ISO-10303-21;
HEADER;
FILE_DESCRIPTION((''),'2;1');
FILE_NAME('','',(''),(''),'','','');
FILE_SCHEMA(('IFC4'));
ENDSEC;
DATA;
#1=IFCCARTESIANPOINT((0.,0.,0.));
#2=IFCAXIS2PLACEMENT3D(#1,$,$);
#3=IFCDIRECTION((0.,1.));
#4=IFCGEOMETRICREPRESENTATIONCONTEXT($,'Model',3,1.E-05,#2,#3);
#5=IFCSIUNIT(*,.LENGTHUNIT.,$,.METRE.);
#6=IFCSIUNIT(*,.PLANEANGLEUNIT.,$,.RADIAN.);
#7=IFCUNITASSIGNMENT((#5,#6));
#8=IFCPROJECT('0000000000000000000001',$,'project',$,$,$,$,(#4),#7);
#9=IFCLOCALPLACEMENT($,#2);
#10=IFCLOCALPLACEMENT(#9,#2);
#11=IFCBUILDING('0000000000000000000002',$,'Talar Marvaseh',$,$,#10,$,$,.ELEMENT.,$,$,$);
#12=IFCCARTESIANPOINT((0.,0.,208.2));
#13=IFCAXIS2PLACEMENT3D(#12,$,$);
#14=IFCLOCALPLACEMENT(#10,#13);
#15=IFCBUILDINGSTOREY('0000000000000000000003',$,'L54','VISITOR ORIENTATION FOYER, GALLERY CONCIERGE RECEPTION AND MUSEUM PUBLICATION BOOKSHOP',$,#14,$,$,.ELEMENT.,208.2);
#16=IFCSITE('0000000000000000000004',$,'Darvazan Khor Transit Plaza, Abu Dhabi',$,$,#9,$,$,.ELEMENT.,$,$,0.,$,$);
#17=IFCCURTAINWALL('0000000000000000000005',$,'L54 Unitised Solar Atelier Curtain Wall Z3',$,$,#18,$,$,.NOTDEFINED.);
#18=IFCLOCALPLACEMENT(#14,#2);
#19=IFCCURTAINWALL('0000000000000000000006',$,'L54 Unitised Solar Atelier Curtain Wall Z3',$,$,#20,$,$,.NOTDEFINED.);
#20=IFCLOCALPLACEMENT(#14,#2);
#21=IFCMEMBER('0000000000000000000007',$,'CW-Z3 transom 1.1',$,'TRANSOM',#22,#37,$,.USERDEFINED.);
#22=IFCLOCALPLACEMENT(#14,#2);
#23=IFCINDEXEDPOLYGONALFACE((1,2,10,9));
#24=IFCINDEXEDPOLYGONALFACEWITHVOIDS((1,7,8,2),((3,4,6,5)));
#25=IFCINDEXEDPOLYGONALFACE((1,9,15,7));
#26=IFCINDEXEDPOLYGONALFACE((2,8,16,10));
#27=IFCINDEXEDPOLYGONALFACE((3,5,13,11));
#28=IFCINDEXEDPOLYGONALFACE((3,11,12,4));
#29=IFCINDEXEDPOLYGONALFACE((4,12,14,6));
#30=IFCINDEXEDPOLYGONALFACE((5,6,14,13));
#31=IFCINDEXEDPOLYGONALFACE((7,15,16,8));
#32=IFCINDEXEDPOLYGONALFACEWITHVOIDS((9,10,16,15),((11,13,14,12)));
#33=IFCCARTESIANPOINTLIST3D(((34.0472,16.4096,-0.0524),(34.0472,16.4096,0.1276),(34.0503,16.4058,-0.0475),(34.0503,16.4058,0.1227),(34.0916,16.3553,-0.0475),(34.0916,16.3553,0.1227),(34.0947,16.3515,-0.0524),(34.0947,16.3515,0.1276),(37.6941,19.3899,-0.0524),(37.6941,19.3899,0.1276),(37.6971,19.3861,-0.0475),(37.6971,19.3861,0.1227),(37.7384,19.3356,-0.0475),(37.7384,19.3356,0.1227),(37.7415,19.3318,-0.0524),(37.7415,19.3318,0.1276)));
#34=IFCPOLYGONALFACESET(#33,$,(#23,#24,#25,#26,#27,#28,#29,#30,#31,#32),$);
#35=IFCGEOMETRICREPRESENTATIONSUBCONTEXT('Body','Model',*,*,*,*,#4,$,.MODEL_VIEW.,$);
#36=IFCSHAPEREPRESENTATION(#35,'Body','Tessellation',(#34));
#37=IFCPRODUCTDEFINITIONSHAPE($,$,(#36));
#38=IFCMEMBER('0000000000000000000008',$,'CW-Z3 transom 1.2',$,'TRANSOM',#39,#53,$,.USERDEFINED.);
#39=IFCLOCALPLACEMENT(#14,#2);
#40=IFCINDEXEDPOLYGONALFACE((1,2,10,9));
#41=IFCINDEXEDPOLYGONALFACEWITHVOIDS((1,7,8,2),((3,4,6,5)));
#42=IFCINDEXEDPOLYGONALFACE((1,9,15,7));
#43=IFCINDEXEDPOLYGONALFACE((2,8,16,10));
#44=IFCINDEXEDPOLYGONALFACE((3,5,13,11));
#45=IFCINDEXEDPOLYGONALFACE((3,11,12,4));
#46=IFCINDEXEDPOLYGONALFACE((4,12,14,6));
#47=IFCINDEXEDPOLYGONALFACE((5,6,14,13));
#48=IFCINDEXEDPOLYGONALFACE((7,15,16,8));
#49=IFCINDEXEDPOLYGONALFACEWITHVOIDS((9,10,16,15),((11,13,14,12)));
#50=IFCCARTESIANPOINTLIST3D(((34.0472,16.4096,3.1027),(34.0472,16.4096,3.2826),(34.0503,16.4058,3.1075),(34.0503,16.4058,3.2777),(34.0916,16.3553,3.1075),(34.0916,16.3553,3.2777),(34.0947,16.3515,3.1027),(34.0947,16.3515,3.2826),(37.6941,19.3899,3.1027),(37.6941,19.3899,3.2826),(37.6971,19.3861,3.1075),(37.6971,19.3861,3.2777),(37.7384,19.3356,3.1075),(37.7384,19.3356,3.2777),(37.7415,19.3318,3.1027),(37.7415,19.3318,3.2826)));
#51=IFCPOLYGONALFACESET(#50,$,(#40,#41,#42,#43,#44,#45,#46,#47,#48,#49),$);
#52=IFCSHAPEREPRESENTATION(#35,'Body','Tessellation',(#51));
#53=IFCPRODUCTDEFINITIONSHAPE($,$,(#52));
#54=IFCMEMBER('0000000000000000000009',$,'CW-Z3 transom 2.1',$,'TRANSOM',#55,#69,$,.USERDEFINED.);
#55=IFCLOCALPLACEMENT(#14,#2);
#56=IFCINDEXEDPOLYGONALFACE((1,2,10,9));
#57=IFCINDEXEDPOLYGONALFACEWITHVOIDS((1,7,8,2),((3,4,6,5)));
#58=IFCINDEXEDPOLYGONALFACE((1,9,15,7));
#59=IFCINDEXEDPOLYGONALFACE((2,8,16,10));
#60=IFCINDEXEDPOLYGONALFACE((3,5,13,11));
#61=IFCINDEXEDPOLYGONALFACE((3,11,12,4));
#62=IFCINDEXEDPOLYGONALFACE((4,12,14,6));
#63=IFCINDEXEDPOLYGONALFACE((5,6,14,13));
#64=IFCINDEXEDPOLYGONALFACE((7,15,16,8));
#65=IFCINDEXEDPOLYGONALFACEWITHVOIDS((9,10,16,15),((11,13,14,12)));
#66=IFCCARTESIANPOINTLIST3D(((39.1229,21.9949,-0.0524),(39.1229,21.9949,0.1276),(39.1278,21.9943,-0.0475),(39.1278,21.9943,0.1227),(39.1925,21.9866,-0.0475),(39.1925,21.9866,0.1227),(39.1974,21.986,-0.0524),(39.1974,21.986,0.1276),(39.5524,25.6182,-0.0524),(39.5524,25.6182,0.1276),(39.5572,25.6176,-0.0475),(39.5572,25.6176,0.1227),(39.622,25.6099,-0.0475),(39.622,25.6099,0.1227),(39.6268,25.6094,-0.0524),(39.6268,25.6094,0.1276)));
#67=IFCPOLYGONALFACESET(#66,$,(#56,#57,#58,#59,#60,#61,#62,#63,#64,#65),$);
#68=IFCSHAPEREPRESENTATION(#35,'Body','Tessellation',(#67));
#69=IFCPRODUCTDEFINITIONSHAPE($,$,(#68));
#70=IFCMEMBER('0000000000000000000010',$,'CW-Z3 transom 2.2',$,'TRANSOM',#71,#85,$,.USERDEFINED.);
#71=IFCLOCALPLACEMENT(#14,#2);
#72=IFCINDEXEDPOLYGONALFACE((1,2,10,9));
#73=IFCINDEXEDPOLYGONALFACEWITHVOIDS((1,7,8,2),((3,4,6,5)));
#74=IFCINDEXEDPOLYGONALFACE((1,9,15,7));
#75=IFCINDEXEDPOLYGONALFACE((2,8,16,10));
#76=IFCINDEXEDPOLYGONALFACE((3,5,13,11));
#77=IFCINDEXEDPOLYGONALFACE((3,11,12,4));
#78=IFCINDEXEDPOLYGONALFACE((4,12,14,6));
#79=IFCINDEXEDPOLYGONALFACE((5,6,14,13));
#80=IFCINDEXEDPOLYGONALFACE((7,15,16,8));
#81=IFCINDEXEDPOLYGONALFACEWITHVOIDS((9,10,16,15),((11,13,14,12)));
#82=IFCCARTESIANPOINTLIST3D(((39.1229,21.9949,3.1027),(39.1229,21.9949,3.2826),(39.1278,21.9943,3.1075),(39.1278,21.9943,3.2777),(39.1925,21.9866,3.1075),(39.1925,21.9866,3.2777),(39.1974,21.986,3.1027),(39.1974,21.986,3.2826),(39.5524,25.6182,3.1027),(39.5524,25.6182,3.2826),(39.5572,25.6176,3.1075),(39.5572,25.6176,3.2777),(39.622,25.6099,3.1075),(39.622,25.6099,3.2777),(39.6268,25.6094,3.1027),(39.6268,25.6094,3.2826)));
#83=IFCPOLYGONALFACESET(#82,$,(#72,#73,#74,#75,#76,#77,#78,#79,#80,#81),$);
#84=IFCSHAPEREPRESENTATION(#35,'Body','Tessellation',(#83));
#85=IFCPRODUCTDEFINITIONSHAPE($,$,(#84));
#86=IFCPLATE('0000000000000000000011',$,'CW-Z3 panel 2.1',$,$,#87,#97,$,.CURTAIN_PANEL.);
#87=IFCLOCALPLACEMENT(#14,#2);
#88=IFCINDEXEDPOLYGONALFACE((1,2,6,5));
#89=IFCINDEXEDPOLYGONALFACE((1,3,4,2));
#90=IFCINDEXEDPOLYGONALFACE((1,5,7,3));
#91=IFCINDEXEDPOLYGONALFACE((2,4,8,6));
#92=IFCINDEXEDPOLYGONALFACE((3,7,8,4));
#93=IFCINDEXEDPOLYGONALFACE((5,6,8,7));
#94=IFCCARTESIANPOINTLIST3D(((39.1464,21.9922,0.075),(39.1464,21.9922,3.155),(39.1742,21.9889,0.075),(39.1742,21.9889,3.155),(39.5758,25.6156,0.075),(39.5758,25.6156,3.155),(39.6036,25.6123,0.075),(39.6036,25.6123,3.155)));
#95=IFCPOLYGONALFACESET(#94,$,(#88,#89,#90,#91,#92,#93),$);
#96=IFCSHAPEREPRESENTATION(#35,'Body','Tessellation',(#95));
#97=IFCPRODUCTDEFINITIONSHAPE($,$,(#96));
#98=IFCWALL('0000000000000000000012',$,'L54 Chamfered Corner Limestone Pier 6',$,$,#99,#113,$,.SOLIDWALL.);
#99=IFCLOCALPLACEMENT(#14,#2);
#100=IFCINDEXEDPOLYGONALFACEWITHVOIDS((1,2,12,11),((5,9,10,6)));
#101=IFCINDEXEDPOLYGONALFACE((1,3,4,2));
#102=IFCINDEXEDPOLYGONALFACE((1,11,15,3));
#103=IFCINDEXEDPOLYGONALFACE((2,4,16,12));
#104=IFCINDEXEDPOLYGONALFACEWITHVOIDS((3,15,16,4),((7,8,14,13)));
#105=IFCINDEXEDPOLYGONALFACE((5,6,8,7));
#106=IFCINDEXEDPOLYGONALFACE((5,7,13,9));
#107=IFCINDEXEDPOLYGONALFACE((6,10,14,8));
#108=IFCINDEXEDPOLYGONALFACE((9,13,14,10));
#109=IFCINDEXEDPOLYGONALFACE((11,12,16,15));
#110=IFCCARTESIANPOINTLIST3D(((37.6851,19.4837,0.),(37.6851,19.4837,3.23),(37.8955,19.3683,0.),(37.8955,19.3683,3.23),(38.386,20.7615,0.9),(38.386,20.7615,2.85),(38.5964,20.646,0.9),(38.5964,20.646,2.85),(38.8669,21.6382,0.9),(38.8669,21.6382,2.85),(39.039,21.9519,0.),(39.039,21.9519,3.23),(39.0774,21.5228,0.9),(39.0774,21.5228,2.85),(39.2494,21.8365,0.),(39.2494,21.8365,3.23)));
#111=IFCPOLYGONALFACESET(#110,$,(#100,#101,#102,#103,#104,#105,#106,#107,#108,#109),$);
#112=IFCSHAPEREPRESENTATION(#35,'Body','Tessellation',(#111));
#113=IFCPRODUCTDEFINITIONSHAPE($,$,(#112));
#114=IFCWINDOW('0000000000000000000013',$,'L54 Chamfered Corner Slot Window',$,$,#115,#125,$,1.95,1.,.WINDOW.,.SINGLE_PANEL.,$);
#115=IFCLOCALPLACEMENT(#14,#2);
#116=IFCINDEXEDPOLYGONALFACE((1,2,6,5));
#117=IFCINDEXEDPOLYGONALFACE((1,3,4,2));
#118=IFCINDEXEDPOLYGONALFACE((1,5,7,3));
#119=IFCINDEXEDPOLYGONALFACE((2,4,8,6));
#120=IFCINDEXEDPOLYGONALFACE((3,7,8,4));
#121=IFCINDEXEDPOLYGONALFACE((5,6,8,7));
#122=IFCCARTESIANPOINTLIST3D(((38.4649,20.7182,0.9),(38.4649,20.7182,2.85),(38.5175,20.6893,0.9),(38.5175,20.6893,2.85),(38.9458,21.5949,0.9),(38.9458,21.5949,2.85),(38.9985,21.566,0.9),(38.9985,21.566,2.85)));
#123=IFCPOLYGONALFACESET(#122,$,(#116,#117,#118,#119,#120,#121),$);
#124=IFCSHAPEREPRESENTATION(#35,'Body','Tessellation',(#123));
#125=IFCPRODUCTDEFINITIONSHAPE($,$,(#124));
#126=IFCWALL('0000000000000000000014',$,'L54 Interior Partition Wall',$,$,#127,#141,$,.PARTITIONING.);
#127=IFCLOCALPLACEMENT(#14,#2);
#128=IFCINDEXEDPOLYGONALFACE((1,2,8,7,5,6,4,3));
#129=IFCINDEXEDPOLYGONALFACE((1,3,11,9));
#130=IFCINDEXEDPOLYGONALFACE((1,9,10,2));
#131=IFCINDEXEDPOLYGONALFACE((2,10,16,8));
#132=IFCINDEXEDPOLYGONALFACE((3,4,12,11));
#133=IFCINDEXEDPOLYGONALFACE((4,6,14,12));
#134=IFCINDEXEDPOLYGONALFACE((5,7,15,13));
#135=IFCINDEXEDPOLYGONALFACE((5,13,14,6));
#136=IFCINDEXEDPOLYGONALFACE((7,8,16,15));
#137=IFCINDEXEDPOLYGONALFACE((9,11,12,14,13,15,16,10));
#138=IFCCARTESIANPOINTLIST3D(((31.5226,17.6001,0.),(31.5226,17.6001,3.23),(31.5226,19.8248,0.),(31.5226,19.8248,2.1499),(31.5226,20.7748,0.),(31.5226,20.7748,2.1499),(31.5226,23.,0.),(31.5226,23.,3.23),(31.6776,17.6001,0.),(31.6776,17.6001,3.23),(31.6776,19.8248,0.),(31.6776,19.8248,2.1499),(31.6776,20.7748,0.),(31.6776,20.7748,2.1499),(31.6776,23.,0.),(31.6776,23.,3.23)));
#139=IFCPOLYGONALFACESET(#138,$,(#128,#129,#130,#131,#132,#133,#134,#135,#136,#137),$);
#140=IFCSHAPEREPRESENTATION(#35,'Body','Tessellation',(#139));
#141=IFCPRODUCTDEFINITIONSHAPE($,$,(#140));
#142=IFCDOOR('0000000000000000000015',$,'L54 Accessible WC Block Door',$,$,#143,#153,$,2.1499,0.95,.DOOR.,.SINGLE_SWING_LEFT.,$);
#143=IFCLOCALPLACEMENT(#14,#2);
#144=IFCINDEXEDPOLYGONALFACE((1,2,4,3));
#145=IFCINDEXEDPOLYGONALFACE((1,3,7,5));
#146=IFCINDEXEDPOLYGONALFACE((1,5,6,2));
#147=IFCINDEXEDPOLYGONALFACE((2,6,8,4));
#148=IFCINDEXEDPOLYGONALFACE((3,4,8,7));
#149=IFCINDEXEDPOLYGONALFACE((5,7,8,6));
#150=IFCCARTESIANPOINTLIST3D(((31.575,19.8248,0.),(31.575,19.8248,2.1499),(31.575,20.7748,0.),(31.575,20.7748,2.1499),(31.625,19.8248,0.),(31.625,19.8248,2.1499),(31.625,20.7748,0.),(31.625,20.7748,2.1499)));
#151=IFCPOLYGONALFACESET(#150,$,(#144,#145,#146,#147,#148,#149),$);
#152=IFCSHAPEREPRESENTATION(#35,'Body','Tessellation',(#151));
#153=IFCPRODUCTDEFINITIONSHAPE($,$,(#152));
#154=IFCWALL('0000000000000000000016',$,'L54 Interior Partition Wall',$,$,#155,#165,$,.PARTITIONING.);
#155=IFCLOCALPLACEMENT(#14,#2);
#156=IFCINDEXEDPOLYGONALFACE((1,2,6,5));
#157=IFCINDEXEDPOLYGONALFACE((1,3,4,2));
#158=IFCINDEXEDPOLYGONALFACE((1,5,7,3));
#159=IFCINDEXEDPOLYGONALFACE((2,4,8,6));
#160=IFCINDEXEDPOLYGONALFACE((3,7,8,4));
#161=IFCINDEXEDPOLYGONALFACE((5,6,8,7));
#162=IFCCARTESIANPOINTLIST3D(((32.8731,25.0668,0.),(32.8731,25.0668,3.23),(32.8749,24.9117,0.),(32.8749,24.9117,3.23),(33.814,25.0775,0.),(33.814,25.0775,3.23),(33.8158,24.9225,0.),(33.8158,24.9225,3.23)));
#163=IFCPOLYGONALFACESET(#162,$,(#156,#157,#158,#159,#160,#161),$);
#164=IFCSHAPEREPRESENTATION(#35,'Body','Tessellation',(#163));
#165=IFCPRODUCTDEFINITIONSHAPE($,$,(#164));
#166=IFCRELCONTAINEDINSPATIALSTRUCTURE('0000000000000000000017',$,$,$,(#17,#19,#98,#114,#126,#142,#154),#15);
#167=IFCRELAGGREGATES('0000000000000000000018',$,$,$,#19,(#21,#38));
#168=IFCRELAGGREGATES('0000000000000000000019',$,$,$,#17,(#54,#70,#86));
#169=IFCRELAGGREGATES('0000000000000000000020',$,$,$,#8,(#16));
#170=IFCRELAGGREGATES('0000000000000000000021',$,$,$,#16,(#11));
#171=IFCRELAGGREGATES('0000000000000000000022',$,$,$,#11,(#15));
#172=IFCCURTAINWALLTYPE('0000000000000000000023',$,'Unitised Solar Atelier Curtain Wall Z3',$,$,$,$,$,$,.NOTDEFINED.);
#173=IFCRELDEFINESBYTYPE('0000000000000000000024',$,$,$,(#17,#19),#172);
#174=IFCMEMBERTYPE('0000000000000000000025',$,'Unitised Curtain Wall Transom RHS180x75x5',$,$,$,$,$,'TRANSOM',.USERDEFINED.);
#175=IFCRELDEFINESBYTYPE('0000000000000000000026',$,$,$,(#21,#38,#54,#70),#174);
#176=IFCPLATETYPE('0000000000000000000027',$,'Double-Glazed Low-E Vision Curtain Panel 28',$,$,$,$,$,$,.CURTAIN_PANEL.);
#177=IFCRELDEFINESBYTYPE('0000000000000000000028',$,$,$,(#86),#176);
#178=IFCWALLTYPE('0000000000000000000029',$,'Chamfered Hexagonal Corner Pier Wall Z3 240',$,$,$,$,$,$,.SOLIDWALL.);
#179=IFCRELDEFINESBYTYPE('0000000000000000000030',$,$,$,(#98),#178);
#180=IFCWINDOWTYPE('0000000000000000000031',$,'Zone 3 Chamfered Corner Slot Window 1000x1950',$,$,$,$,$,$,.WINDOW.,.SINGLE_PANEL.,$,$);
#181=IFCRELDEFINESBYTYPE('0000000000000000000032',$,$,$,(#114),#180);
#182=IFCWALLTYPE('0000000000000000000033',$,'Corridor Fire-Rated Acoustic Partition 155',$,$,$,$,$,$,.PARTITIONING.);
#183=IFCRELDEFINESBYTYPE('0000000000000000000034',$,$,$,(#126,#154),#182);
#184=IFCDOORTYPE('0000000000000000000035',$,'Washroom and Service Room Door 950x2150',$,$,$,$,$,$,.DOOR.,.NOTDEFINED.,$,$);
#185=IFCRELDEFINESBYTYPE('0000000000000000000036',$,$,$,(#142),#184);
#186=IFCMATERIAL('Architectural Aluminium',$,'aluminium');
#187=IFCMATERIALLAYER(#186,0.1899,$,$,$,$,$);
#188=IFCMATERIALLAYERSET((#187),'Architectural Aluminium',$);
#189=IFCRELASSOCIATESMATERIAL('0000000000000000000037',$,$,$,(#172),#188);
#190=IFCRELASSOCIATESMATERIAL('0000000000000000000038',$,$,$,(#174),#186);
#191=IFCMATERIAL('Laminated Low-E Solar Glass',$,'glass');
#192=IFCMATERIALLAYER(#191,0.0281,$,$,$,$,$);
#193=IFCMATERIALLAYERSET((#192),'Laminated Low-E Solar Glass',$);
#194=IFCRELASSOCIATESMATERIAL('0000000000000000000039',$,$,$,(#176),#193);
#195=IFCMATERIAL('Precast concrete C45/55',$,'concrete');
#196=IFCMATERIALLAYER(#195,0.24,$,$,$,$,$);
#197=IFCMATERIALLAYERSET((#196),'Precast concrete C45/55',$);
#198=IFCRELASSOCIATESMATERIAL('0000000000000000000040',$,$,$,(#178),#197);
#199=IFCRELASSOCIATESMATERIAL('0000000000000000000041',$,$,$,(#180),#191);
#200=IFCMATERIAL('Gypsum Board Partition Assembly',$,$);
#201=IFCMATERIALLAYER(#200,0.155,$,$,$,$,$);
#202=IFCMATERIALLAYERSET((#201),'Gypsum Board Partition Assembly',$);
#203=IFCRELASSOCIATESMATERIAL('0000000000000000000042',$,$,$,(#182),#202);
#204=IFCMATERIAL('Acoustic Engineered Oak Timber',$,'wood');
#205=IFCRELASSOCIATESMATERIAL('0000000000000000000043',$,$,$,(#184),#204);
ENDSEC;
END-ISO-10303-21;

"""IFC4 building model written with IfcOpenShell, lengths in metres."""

from ifc_helpers import new_model, si_unit, direction, frame, frame_2d, origin, origin_2d, place, context, subcontext, project, spatial, rectangle, hollow_rectangle, extrude, source, transform, mapped, material, layer, layer_set, material_profile, profile_set, type_object, type_shapes, element, fill, aggregate, save


model = new_model("IFC4")

# Units and contexts
model_context = context("Model", 3, precision=1e-05, world=origin(), true_north=direction((0.0, 1.0)))
body_context = subcontext(model_context, "Body", "Model", "MODEL_VIEW")
ifc_project = project(units=[si_unit("LENGTHUNIT", "METRE"), si_unit("PLANEANGLEUNIT", "RADIAN")], contexts=[model_context])

# Site, building, storey
site_placement = place(None, origin())
site = spatial("IfcSite", under=ifc_project, at=site_placement, Name="Darvazan Khor Transit Plaza, Abu Dhabi", CompositionType="ELEMENT", RefElevation=0.0)
building_placement = place(site_placement, origin())
building = spatial("IfcBuilding", under=site, at=building_placement, Name="Talar Marvaseh", CompositionType="ELEMENT")
storey_placement = place(building_placement, frame((0.0, 0.0, 208.2)))
storey = spatial("IfcBuildingStorey", under=building, at=storey_placement, Name="L54", Description="VISITOR ORIENTATION FOYER, GALLERY CONCIERGE RECEPTION AND MUSEUM PUBLICATION BOOKSHOP", CompositionType="ELEMENT", Elevation=208.2)

# Curtain walls, members
ifc_material_1 = material(Name="Architectural Aluminium", Category="aluminium")
ifc_layer_1 = layer(ifc_material_1, 0.1899)
ifc_layer_set_1 = layer_set([ifc_layer_1], Name="Architectural Aluminium")
curtain_wall_type = type_object("IfcCurtainWallType", Name="Unitised Solar Atelier Curtain Wall Z3", PredefinedType="NOTDEFINED", material=ifc_layer_set_1)
curtain_wall_1_placement = place(storey_placement, origin())
curtain_wall_1 = element("IfcCurtainWall", 1, at=curtain_wall_1_placement, inside=storey, type_object=curtain_wall_type, Name="L54 Unitised Solar Atelier Curtain Wall Z3", PredefinedType="NOTDEFINED")
curtain_wall_2_placement = place(storey_placement, origin())
curtain_wall_2 = element("IfcCurtainWall", 2, at=curtain_wall_2_placement, inside=storey, type_object=curtain_wall_type, Name="L54 Unitised Solar Atelier Curtain Wall Z3", PredefinedType="NOTDEFINED")
ifc_material_profile_1 = material_profile(ifc_material_1, hollow_rectangle(XDim=0.075, YDim=0.1799, WallThickness=0.0049, at=origin_2d()), Name="RHS180x75x5")
ifc_profile_set_1 = profile_set([ifc_material_profile_1], Name="Architectural Aluminium")
member_type_1 = type_object("IfcMemberType", Name="Unitised Curtain Wall Transom RHS180x75x5", ElementType="TRANSOM", PredefinedType="USERDEFINED", material=ifc_profile_set_1)
shared_shape_1 = source(origin(), body_context, "Body", "SweptSolid", [
    extrude(hollow_rectangle(XDim=0.075, YDim=0.1799, WallThickness=0.0049, at=origin_2d()), origin(), (0.0, 0.0, 1.0), 4.7097),
])
member_1_placement = place(storey_placement, frame((37.7178, 19.3608, 0.0376), z_axis=(-0.774317, -0.632797, 0.0), x_axis=(0.632797, -0.774317, 0.0)))
member_1 = element("IfcMember", 3, at=member_1_placement, type_object=member_type_1, Name="CW-Z3 transom 1.1", ObjectType="TRANSOM", PredefinedType="USERDEFINED", context=body_context, shape_type="MappedRepresentation", body=[
    mapped(shared_shape_1, transform((0.0, 0.0, 0.0), x_axis=(1.0, 0.0, 0.0), y_axis=(0.0, 1.0, 0.0), z_axis=(0.0, 0.0, 1.0), scale=1.0)),
])
member_2_placement = place(storey_placement, frame((37.7178, 19.3608, 3.1926), z_axis=(-0.774317, -0.632797, 0.0), x_axis=(0.632797, -0.774317, 0.0)))
member_2 = element("IfcMember", 4, at=member_2_placement, type_object=member_type_1, Name="CW-Z3 transom 1.2", ObjectType="TRANSOM", PredefinedType="USERDEFINED", context=body_context, shape_type="MappedRepresentation", body=[
    mapped(shared_shape_1, transform((0.0, 0.0, 0.0), x_axis=(1.0, 0.0, 0.0), y_axis=(0.0, 1.0, 0.0), z_axis=(0.0, 0.0, 1.0), scale=1.0)),
])
aggregate(curtain_wall_2, [member_1, member_2])

# Members
shared_shape_2 = source(origin(), body_context, "Body", "SweptSolid", [
    extrude(hollow_rectangle(XDim=0.075, YDim=0.1799, WallThickness=0.0049, at=origin_2d()), origin(), (0.0, 0.0, 1.0), 3.6487),
])
type_shapes(member_type_1, [shared_shape_1, shared_shape_2])
member_3_placement = place(storey_placement, frame((39.5896, 25.6138, 0.0376), z_axis=(-0.117699, -0.993049, 0.0), x_axis=(0.993049, -0.117699, 0.0)))
member_3 = element("IfcMember", 5, at=member_3_placement, type_object=member_type_1, Name="CW-Z3 transom 2.1", ObjectType="TRANSOM", PredefinedType="USERDEFINED", context=body_context, shape_type="MappedRepresentation", body=[
    mapped(shared_shape_2, transform((0.0, 0.0, 0.0), x_axis=(1.0, 0.0, 0.0), y_axis=(0.0, 1.0, 0.0), z_axis=(0.0, 0.0, 1.0), scale=1.0)),
])
member_4_placement = place(storey_placement, frame((39.5896, 25.6138, 3.1926), z_axis=(-0.117699, -0.993049, 0.0), x_axis=(0.993049, -0.117699, 0.0)))
member_4 = element("IfcMember", 6, at=member_4_placement, type_object=member_type_1, Name="CW-Z3 transom 2.2", ObjectType="TRANSOM", PredefinedType="USERDEFINED", context=body_context, shape_type="MappedRepresentation", body=[
    mapped(shared_shape_2, transform((0.0, 0.0, 0.0), x_axis=(1.0, 0.0, 0.0), y_axis=(0.0, 1.0, 0.0), z_axis=(0.0, 0.0, 1.0), scale=1.0)),
])

# Plate
ifc_material_2 = material(Name="Laminated Low-E Solar Glass", Category="glass")
ifc_layer_2 = layer(ifc_material_2, 0.0281)
ifc_layer_set_2 = layer_set([ifc_layer_2], Name="Laminated Low-E Solar Glass")
plate_type = type_object("IfcPlateType", Name="Double-Glazed Low-E Vision Curtain Panel 28", PredefinedType="CURTAIN_PANEL", material=ifc_layer_set_2)
shared_shape_3 = source(origin(), body_context, "Body", "SweptSolid", [
    extrude(rectangle(XDim=3.6487, YDim=0.0281, at=origin_2d()), origin(), (0.0, 0.0, 1.0), 3.0801),
])
type_shapes(plate_type, [shared_shape_3])
plate_placement = place(storey_placement, frame((39.375, 23.8022, 0.075), z_axis=(0.0, 0.0, 1.0), x_axis=(-0.117689, -0.993051, 0.0)))
plate = element("IfcPlate", 7, at=plate_placement, type_object=plate_type, Name="CW-Z3 panel 2.1", PredefinedType="CURTAIN_PANEL", context=body_context, shape_type="MappedRepresentation", body=[
    mapped(shared_shape_3, transform((0.0, 0.0, 0.0), x_axis=(1.0, 0.0, 0.0), y_axis=(0.0, 1.0, 0.0), z_axis=(0.0, 0.0, 1.0), scale=1.0)),
])
aggregate(curtain_wall_1, [member_3, member_4, plate])

# Wall, opening, window
ifc_material_3 = material(Name="Precast concrete C45/55", Category="concrete")
ifc_layer_3 = layer(ifc_material_3, 0.24)
ifc_layer_set_3 = layer_set([ifc_layer_3], Name="Precast concrete C45/55")
wall_type_1 = type_object("IfcWallType", Name="Chamfered Hexagonal Corner Pier Wall Z3 240", PredefinedType="SOLIDWALL", material=ifc_layer_set_3)
wall_1_placement = place(storey_placement, frame((39.1443, 21.8943, 0.0), z_axis=(0.0, 0.0, 1.0), x_axis=(-0.480953, -0.876746, 0.0)))
wall_1 = element("IfcWall", 8, at=wall_1_placement, inside=storey, type_object=wall_type_1, Name="L54 Chamfered Corner Limestone Pier 6", PredefinedType="SOLIDWALL", context=body_context, shape_type="SweptSolid", body=[
    extrude(rectangle(XDim=2.8152, YDim=0.24, at=frame_2d((1.4077, 0.0))), origin(), (0.0, 0.0, 1.0), 3.23),
])
opening_1_placement = place(wall_1_placement, frame((0.3579, 0.0, 0.8999)))
opening_1 = element("IfcOpeningElement", 9, at=opening_1_placement, cuts=wall_1, PredefinedType="OPENING", context=body_context, shape_type="SweptSolid", body=[
    extrude(rectangle(XDim=1.0, YDim=1.95, at=frame_2d((0.5, 0.9751))), frame((0.0, 0.1299, 0.0), z_axis=(0.0, -1.0, 0.0), x_axis=(1.0, 0.0, 0.0)), (0.0, 0.0, 1.0), 0.26),
])
window_type = type_object("IfcWindowType", Name="Zone 3 Chamfered Corner Slot Window 1000x1950", PartitioningType="SINGLE_PANEL", PredefinedType="WINDOW", material=ifc_material_2)
shared_shape_4 = source(origin(), body_context, "Body", "SweptSolid", [
    extrude(rectangle(XDim=1.0, YDim=1.95, at=frame_2d((0.5, 0.9751))), frame((0.0, 0.03, 0.0), z_axis=(0.0, -1.0, 0.0), x_axis=(1.0, 0.0, 0.0)), (0.0, 0.0, 1.0), 0.0601),
])
type_shapes(window_type, [shared_shape_4])
window_placement = place(opening_1_placement, origin())
window = element("IfcWindow", 10, at=window_placement, inside=storey, type_object=window_type, Name="L54 Chamfered Corner Slot Window", OverallHeight=1.95, OverallWidth=1.0, PartitioningType="SINGLE_PANEL", PredefinedType="WINDOW", context=body_context, shape_type="MappedRepresentation", body=[
    mapped(shared_shape_4, transform((0.0, 0.0, 0.0), x_axis=(1.0, 0.0, 0.0), y_axis=(0.0, 1.0, 0.0), z_axis=(0.0, 0.0, 1.0), scale=1.0)),
])
fill(opening_1, window)

# Wall, opening, door
ifc_material_4 = material(Name="Gypsum Board Partition Assembly")
ifc_layer_4 = layer(ifc_material_4, 0.155)
ifc_layer_set_4 = layer_set([ifc_layer_4], Name="Gypsum Board Partition Assembly")
wall_type_2 = type_object("IfcWallType", Name="Corridor Fire-Rated Acoustic Partition 155", PredefinedType="PARTITIONING", material=ifc_layer_set_4)
wall_2_placement = place(storey_placement, frame((31.6001, 23.0, 0.0), z_axis=(0.0, 0.0, 1.0), x_axis=(0.0, -1.0, 0.0)))
wall_2 = element("IfcWall", 11, at=wall_2_placement, inside=storey, type_object=wall_type_2, Name="L54 Interior Partition Wall", PredefinedType="PARTITIONING", context=body_context, shape_type="SweptSolid", body=[
    extrude(rectangle(XDim=5.3999, YDim=0.155, at=frame_2d((2.7, 0.0))), origin(), (0.0, 0.0, 1.0), 3.23),
])
opening_2_placement = place(wall_2_placement, frame((2.2251, 0.0, 0.0)))
opening_2 = element("IfcOpeningElement", 12, at=opening_2_placement, cuts=wall_2, PredefinedType="OPENING", context=body_context, shape_type="SweptSolid", body=[
    extrude(rectangle(XDim=0.95, YDim=2.1499, at=frame_2d((0.4751, 1.075))), frame((0.0, 0.0874, 0.0), z_axis=(0.0, -1.0, 0.0), x_axis=(1.0, 0.0, 0.0)), (0.0, 0.0, 1.0), 0.175),
])
ifc_material_5 = material(Name="Acoustic Engineered Oak Timber", Category="wood")
door_type = type_object("IfcDoorType", Name="Washroom and Service Room Door 950x2150", OperationType="NOTDEFINED", PredefinedType="DOOR", material=ifc_material_5)
shared_shape_5 = source(origin(), body_context, "Body", "SweptSolid", [
    extrude(rectangle(XDim=0.95, YDim=2.1499, at=frame_2d((0.4751, 1.075))), frame((0.0, 0.0249, 0.0), z_axis=(0.0, -1.0, 0.0), x_axis=(1.0, 0.0, 0.0)), (0.0, 0.0, 1.0), 0.05),
])
type_shapes(door_type, [shared_shape_5])
door_placement = place(opening_2_placement, origin())
door = element("IfcDoor", 13, at=door_placement, inside=storey, type_object=door_type, Name="L54 Accessible WC Block Door", OperationType="SINGLE_SWING_LEFT", OverallHeight=2.1499, OverallWidth=0.95, PredefinedType="DOOR", context=body_context, shape_type="MappedRepresentation", body=[
    mapped(shared_shape_5, transform((0.0, 0.0, 0.0), x_axis=(1.0, 0.0, 0.0), y_axis=(0.0, 1.0, 0.0), z_axis=(0.0, 0.0, 1.0), scale=1.0)),
])
fill(opening_2, door)

# Wall
wall_3_placement = place(storey_placement, frame((32.874, 24.9893, 0.0), z_axis=(0.0, 0.0, 1.0), x_axis=(0.999935, 0.011416, 0.0)))
element("IfcWall", 14, at=wall_3_placement, inside=storey, type_object=wall_type_2, Name="L54 Interior Partition Wall", PredefinedType="PARTITIONING", context=body_context, shape_type="SweptSolid", body=[
    extrude(rectangle(XDim=0.9409, YDim=0.155, at=frame_2d((0.4705, 0.0))), origin(), (0.0, 0.0, 1.0), 3.23),
])

save(model, "model.ifc")
